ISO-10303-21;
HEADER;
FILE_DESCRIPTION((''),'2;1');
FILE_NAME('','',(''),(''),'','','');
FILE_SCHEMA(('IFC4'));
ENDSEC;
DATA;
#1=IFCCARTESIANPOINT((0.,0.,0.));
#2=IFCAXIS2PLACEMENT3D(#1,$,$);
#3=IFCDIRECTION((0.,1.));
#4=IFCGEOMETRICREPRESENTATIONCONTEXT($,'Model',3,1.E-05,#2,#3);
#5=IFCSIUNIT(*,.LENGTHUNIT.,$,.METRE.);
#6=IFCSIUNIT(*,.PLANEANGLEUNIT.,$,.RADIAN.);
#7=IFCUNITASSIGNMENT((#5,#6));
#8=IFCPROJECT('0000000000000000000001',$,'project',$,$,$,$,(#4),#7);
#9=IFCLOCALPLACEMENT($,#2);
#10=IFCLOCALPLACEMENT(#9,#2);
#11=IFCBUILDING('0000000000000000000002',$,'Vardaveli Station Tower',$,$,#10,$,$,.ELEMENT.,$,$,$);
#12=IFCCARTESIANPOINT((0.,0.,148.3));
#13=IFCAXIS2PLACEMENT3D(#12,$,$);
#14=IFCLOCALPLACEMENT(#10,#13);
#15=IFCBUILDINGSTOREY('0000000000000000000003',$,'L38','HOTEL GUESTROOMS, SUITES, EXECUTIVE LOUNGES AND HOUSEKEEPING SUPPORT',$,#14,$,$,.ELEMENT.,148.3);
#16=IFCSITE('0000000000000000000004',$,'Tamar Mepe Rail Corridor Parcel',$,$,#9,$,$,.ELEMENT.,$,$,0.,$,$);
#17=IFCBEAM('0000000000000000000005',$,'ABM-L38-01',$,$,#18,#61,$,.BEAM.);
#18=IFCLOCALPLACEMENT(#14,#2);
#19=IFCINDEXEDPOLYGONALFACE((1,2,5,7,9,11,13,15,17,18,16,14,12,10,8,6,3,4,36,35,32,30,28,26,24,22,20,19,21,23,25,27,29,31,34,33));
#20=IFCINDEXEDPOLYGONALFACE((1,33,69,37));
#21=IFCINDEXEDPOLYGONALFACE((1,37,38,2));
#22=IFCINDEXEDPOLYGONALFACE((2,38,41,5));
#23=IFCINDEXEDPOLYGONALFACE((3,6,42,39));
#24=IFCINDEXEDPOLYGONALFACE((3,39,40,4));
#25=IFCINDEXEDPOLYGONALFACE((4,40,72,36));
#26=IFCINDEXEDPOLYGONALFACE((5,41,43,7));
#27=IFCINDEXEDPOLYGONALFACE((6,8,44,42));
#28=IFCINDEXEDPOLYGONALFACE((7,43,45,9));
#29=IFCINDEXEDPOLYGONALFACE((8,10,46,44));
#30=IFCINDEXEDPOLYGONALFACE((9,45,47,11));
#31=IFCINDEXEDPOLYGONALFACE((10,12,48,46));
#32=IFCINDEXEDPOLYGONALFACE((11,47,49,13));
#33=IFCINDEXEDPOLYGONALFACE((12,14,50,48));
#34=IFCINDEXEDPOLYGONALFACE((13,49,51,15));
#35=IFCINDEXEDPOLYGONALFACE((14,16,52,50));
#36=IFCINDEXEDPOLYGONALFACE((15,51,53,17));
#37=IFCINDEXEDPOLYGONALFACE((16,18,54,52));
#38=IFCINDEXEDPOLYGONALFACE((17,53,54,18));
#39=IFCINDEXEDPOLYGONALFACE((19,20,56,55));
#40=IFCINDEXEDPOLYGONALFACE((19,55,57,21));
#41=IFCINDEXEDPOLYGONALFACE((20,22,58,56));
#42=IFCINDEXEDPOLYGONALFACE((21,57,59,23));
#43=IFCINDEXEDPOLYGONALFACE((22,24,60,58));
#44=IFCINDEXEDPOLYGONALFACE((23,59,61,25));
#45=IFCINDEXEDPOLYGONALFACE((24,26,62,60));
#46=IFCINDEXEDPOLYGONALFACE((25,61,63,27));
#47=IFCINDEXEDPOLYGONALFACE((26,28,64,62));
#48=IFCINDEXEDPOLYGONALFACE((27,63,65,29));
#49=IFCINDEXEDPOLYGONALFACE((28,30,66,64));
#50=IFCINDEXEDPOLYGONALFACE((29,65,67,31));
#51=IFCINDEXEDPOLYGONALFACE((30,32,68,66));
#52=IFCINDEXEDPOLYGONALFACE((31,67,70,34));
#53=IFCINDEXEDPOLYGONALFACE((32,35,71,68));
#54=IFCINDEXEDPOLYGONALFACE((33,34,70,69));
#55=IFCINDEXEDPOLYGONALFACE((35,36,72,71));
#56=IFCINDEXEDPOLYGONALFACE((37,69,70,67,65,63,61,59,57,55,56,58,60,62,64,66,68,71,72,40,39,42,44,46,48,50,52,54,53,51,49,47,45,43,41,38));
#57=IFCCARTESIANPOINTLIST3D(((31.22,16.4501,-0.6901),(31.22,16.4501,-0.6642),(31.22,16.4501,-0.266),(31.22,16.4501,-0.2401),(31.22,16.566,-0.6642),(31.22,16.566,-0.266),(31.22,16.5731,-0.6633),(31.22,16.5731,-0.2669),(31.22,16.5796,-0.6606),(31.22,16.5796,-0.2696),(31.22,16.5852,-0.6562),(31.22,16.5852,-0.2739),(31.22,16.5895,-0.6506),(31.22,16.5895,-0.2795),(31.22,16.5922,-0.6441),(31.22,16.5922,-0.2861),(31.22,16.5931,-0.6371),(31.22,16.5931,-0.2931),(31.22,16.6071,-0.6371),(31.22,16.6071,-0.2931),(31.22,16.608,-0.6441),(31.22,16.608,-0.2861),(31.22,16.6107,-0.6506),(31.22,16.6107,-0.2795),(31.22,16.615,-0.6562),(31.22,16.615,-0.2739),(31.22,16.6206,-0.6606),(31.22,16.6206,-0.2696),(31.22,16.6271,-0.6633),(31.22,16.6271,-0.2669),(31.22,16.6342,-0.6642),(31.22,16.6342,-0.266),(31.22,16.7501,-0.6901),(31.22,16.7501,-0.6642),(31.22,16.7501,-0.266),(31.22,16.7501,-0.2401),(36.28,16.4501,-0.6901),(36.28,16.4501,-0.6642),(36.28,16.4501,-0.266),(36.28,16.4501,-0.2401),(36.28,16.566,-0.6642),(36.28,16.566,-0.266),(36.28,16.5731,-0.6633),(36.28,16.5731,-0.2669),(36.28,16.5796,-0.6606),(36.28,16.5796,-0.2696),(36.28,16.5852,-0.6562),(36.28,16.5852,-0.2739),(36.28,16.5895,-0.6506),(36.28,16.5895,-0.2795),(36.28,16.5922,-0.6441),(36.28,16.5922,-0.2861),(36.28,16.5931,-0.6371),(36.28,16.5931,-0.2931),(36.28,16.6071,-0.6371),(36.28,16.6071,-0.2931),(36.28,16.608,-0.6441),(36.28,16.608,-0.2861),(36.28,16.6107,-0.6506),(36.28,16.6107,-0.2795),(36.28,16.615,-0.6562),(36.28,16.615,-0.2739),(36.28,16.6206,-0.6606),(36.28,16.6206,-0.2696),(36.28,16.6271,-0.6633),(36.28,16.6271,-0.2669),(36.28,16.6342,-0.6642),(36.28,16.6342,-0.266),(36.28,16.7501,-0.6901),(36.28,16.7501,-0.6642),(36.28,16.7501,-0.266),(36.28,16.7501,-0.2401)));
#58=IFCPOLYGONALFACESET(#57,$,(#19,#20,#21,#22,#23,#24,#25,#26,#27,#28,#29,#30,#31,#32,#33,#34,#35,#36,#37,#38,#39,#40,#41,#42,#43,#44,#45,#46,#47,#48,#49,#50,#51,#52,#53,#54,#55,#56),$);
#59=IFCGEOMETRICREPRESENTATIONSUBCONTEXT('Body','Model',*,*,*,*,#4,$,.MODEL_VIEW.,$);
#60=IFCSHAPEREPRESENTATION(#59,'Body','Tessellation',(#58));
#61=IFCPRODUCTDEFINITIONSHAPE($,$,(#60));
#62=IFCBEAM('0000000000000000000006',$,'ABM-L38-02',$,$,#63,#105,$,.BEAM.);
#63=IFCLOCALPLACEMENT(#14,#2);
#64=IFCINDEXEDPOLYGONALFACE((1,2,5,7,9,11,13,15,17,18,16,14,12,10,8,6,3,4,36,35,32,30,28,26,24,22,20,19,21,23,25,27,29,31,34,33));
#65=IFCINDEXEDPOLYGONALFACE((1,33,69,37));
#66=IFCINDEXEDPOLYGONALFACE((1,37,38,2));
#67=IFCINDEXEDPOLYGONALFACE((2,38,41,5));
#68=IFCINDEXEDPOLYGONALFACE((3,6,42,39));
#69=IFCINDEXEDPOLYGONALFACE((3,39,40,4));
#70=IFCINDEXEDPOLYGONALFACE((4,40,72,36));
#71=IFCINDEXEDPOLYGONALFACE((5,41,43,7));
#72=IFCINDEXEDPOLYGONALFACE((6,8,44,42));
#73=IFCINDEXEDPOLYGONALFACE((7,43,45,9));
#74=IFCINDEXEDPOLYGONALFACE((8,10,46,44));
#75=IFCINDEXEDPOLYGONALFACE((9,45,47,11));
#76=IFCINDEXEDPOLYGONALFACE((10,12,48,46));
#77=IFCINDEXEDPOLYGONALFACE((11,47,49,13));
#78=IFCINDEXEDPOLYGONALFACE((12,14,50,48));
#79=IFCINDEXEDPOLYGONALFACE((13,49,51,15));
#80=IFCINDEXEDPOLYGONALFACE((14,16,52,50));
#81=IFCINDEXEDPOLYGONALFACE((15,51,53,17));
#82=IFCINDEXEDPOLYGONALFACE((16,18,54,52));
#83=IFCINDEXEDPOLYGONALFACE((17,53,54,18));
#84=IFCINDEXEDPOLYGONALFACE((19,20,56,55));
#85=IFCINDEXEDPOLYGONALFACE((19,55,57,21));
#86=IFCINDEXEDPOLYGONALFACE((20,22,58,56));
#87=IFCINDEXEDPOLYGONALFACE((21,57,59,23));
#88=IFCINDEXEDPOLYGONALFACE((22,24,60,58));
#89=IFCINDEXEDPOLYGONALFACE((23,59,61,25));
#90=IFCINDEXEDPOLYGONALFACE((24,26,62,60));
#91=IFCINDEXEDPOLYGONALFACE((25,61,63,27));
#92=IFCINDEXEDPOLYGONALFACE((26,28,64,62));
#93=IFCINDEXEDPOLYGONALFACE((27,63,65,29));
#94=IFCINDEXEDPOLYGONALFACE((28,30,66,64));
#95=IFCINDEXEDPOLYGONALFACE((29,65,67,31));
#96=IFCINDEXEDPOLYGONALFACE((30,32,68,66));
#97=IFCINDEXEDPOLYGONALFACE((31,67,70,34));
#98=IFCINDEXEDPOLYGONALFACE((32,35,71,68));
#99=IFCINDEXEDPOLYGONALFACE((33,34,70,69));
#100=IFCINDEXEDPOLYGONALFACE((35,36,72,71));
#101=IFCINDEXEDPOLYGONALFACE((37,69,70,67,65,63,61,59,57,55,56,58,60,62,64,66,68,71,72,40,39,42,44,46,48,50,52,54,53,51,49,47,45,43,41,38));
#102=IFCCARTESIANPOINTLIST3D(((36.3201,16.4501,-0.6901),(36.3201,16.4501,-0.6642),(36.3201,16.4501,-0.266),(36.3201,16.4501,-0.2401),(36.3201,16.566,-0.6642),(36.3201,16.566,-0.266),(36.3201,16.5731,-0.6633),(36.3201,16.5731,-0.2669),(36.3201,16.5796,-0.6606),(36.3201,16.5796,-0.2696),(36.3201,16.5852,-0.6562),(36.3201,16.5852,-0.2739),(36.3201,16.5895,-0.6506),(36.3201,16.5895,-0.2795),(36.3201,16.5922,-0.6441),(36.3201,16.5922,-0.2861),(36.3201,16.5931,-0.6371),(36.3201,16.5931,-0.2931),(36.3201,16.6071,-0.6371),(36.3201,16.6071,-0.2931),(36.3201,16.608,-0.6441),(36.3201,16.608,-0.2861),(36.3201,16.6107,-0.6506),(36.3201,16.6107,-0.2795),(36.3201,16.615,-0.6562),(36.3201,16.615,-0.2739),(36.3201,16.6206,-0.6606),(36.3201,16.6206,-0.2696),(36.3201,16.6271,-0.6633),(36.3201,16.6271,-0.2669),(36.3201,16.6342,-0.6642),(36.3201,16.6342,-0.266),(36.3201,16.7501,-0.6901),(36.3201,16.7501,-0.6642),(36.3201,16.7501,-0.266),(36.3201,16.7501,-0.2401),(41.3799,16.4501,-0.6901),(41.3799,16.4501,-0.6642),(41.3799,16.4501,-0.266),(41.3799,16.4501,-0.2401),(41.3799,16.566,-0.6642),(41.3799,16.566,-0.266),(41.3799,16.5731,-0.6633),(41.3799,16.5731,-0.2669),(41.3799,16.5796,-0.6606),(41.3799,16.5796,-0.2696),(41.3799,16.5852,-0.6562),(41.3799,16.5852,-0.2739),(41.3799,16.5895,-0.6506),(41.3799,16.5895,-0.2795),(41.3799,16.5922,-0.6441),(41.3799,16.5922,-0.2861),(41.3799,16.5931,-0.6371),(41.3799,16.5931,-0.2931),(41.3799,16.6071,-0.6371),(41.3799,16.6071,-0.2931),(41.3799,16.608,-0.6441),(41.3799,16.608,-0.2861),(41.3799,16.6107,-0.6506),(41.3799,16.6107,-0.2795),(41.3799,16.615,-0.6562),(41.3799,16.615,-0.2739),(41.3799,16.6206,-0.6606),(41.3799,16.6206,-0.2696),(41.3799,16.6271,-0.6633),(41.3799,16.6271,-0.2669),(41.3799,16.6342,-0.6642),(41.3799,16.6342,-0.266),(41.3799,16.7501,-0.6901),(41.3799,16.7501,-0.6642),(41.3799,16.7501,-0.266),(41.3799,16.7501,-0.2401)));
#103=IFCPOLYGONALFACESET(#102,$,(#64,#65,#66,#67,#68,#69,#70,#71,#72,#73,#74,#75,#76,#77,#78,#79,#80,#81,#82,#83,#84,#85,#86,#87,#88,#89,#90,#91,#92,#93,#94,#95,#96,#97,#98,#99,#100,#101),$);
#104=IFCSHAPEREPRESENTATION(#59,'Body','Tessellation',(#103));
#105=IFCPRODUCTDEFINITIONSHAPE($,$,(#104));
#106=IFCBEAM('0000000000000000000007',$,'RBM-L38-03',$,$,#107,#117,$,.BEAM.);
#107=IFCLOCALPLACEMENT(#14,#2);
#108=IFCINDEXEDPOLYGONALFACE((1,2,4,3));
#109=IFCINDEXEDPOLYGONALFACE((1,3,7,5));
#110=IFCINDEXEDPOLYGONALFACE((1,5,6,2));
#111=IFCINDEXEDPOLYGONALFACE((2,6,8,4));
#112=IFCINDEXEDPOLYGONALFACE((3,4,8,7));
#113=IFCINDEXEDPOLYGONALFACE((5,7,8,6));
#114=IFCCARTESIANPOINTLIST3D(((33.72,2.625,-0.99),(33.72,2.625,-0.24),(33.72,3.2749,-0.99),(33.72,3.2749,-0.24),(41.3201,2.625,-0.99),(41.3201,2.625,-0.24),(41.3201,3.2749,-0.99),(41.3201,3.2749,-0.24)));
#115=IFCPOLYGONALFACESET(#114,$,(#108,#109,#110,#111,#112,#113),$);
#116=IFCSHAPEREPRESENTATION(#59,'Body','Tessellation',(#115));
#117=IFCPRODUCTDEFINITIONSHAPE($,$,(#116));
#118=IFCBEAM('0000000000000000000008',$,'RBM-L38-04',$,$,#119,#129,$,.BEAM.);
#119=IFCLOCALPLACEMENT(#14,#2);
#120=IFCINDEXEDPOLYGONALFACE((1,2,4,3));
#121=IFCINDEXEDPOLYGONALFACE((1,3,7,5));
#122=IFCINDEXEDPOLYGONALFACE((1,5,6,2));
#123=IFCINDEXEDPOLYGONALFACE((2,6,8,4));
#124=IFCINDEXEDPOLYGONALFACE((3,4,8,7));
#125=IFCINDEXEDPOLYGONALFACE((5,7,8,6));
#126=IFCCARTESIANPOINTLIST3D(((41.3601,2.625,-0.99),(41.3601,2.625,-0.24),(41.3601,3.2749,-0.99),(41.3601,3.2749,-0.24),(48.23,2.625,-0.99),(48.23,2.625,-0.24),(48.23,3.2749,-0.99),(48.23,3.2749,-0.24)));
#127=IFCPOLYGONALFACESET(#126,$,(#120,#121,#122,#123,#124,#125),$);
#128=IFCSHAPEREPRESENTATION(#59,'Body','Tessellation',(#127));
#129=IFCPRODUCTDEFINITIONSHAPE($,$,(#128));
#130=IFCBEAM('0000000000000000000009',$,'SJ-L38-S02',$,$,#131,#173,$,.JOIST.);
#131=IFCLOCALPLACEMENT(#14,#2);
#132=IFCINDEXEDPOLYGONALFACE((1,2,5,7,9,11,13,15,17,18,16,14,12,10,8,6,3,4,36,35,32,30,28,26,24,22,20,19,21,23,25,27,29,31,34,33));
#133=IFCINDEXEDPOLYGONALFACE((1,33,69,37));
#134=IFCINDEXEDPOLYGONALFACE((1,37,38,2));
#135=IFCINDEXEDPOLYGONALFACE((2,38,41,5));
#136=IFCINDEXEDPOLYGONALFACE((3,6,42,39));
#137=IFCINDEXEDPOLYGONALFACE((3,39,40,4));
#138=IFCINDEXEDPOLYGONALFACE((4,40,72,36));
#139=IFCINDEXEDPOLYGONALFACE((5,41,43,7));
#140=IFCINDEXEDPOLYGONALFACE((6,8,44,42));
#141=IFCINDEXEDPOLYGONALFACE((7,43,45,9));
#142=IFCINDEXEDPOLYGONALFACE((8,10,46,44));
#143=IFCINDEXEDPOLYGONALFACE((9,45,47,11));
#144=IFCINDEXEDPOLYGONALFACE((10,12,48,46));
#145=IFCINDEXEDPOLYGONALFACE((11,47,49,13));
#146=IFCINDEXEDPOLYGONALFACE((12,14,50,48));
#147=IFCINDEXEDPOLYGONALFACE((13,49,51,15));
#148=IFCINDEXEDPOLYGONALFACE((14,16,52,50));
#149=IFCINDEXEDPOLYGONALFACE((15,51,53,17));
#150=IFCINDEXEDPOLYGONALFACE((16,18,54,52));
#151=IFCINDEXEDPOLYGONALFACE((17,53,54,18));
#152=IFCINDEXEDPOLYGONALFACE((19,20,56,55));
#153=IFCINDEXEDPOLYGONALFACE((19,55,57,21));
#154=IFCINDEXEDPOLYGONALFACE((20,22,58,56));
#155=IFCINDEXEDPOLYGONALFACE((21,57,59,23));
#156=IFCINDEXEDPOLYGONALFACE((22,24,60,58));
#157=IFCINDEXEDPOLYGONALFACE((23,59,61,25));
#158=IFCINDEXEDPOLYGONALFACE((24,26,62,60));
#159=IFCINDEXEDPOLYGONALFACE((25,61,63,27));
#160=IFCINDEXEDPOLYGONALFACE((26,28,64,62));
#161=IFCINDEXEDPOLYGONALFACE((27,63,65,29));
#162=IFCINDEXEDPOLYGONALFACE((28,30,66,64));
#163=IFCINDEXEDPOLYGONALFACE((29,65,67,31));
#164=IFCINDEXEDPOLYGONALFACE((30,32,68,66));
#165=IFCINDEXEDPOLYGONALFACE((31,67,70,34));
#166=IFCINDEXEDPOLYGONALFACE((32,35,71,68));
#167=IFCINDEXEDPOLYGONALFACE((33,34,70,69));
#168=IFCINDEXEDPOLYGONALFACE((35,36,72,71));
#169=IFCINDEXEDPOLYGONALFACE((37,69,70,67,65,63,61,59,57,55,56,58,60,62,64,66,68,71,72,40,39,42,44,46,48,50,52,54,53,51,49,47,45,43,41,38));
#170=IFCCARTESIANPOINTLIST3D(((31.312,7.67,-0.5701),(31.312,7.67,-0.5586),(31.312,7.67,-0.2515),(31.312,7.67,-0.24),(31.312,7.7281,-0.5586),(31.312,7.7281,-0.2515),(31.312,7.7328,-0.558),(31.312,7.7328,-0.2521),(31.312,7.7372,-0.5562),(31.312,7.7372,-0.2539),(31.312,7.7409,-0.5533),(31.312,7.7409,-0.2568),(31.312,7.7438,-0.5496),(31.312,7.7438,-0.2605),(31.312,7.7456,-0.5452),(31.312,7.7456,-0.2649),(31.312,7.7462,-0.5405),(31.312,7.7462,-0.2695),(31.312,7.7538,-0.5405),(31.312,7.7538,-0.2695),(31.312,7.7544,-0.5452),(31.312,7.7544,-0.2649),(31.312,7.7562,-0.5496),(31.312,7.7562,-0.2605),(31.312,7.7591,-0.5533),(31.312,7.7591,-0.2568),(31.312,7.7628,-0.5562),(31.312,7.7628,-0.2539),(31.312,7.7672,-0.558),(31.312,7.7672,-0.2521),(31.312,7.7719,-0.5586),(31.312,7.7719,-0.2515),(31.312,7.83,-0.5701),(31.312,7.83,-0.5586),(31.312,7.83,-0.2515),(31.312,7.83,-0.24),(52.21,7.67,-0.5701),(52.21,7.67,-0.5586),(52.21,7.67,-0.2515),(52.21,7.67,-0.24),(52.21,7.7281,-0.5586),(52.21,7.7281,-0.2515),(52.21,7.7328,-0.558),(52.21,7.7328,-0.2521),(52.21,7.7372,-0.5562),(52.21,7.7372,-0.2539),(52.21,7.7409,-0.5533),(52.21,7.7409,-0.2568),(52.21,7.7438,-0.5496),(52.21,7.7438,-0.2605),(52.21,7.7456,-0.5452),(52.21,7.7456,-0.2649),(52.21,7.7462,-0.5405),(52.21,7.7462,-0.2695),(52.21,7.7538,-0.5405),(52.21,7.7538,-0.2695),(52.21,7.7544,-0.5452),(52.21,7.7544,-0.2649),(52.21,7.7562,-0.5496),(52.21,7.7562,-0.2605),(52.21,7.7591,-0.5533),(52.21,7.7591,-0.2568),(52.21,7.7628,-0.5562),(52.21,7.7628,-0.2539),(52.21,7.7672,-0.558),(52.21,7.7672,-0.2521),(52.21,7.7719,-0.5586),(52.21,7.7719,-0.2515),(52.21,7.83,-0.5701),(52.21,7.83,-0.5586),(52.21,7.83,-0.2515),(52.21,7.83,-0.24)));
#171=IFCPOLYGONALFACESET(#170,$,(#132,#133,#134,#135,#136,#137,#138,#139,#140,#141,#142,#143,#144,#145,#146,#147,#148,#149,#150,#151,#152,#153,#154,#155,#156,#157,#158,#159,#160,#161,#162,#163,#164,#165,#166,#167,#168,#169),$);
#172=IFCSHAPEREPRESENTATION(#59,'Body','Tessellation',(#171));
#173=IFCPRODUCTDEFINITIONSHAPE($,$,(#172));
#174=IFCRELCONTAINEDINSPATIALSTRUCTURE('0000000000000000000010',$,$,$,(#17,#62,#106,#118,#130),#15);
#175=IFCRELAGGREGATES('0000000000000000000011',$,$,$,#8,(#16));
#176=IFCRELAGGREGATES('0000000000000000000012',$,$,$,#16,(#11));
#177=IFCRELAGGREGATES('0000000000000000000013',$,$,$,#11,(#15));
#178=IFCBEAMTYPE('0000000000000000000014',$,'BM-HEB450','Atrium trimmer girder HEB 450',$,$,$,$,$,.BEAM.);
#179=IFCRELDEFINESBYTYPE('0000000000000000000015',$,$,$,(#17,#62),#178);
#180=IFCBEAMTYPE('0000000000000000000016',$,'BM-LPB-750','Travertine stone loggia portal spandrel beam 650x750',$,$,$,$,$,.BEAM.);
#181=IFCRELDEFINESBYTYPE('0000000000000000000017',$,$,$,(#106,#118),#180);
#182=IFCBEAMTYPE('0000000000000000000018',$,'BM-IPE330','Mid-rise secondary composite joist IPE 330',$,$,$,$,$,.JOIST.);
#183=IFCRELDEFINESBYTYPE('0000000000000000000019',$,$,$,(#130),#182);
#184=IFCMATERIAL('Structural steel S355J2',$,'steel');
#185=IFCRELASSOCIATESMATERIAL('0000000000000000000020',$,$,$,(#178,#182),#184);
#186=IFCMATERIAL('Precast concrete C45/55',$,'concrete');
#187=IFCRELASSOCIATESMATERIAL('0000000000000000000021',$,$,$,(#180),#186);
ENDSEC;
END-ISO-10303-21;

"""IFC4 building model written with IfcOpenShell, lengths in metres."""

from ifc_helpers import new_model, si_unit, direction, frame, origin, origin_2d, place, context, subcontext, project, spatial, rectangle, i_section, extrude, source, transform, mapped, material, material_profile, profile_set, type_object, element, save


model = new_model("IFC4")

# Units and contexts
model_context = context("Model", 3, precision=1e-05, world=origin(), true_north=direction((0.0, 1.0)))
body_context = subcontext(model_context, "Body", "Model", "MODEL_VIEW")
ifc_project = project(units=[si_unit("LENGTHUNIT", "METRE"), si_unit("PLANEANGLEUNIT", "RADIAN")], contexts=[model_context])

# Site, building, storey
site_placement = place(None, origin())
site = spatial("IfcSite", under=ifc_project, at=site_placement, Name="Tamar Mepe Rail Corridor Parcel", CompositionType="ELEMENT", RefElevation=0.0)
building_placement = place(site_placement, origin())
building = spatial("IfcBuilding", under=site, at=building_placement, Name="Vardaveli Station Tower", CompositionType="ELEMENT")
storey_placement = place(building_placement, frame((0.0, 0.0, 148.3)))
storey = spatial("IfcBuildingStorey", under=building, at=storey_placement, Name="L38", Description="HOTEL GUESTROOMS, SUITES, EXECUTIVE LOUNGES AND HOUSEKEEPING SUPPORT", CompositionType="ELEMENT", Elevation=148.3)

# Beams
ifc_material_1 = material(Name="Structural steel S355J2", Category="steel")
ifc_material_profile_1 = material_profile(ifc_material_1, i_section(OverallWidth=0.3, OverallDepth=0.45, WebThickness=0.0139, FlangeThickness=0.0259, FilletRadius=0.0271, at=origin_2d()), Name="HEB 450")
ifc_profile_set_1 = profile_set([ifc_material_profile_1], Name="Structural steel S355J2")
beam_type_1 = type_object("IfcBeamType", Name="BM-HEB450", Description="Atrium trimmer girder HEB 450", PredefinedType="BEAM", material=ifc_profile_set_1)
shared_shape_1 = source(origin(), body_context, "Body", "SweptSolid", [
    extrude(i_section(OverallWidth=0.3, OverallDepth=0.45, WebThickness=0.0139, FlangeThickness=0.0259, FilletRadius=0.0271, at=origin_2d()), origin(), (0.0, 0.0, 1.0), 5.0601),
])
beam_1_placement = place(storey_placement, frame((31.22, 16.6001, -0.4651), z_axis=(1.0, 0.0, 0.0), x_axis=(0.0, 1.0, 0.0)))
element("IfcBeam", 1, at=beam_1_placement, inside=storey, type_object=beam_type_1, Name="ABM-L38-01", PredefinedType="BEAM", context=body_context, shape_type="MappedRepresentation", body=[
    mapped(shared_shape_1, transform((0.0, 0.0, 0.0), scale=1.0)),
])
shared_shape_2 = source(origin(), body_context, "Body", "SweptSolid", [
    extrude(i_section(OverallWidth=0.3, OverallDepth=0.45, WebThickness=0.0139, FlangeThickness=0.0259, FilletRadius=0.0271, at=origin_2d()), origin(), (0.0, 0.0, 1.0), 5.0598),
])
beam_2_placement = place(storey_placement, frame((36.3201, 16.6001, -0.4651), z_axis=(1.0, 0.0, 0.0), x_axis=(0.0, 1.0, 0.0)))
element("IfcBeam", 2, at=beam_2_placement, inside=storey, type_object=beam_type_1, Name="ABM-L38-02", PredefinedType="BEAM", context=body_context, shape_type="MappedRepresentation", body=[
    mapped(shared_shape_2, transform((0.0, 0.0, 0.0), scale=1.0)),
])
ifc_material_2 = material(Name="Precast concrete C45/55", Category="concrete")
ifc_material_profile_2 = material_profile(ifc_material_2, rectangle(XDim=0.6499, YDim=0.75, at=origin_2d()), Name="LPB 650x750")
ifc_profile_set_2 = profile_set([ifc_material_profile_2], Name="Precast concrete C45/55")
beam_type_2 = type_object("IfcBeamType", Name="BM-LPB-750", Description="Travertine stone loggia portal spandrel beam 650x750", PredefinedType="BEAM", material=ifc_profile_set_2)
shared_shape_3 = source(origin(), body_context, "Body", "SweptSolid", [
    extrude(rectangle(XDim=0.6499, YDim=0.75, at=origin_2d()), origin(), (0.0, 0.0, 1.0), 7.6001),
])
beam_3_placement = place(storey_placement, frame((33.72, 2.95, -0.615), z_axis=(1.0, 0.0, 0.0), x_axis=(0.0, 1.0, 0.0)))
element("IfcBeam", 3, at=beam_3_placement, inside=storey, type_object=beam_type_2, Name="RBM-L38-03", PredefinedType="BEAM", context=body_context, shape_type="MappedRepresentation", body=[
    mapped(shared_shape_3, transform((0.0, 0.0, 0.0), scale=1.0)),
])
shared_shape_4 = source(origin(), body_context, "Body", "SweptSolid", [
    extrude(rectangle(XDim=0.6499, YDim=0.75, at=origin_2d()), origin(), (0.0, 0.0, 1.0), 6.8699),
])
beam_4_placement = place(storey_placement, frame((41.3601, 2.95, -0.615), z_axis=(1.0, 0.0, 0.0), x_axis=(0.0, 1.0, 0.0)))
element("IfcBeam", 4, at=beam_4_placement, inside=storey, type_object=beam_type_2, Name="RBM-L38-04", PredefinedType="BEAM", context=body_context, shape_type="MappedRepresentation", body=[
    mapped(shared_shape_4, transform((0.0, 0.0, 0.0), scale=1.0)),
])
ifc_material_profile_3 = material_profile(ifc_material_1, i_section(OverallWidth=0.1599, OverallDepth=0.3301, WebThickness=0.0076, FlangeThickness=0.0115, FilletRadius=0.0181, at=origin_2d()), Name="IPE 330")
ifc_profile_set_3 = profile_set([ifc_material_profile_3], Name="Structural steel S355J2")
beam_type_3 = type_object("IfcBeamType", Name="BM-IPE330", Description="Mid-rise secondary composite joist IPE 330", PredefinedType="JOIST", material=ifc_profile_set_3)
shared_shape_5 = source(origin(), body_context, "Body", "SweptSolid", [
    extrude(i_section(OverallWidth=0.1599, OverallDepth=0.3301, WebThickness=0.0076, FlangeThickness=0.0115, FilletRadius=0.0181, at=origin_2d()), origin(), (0.0, 0.0, 1.0), 20.8979),
])
for number, where, z_axis, x_axis, name in (
    (5, (31.312, 7.75, -0.405), (1.0, 0.0, 0.0), (0.0, 1.0, 0.0), "SJ-L38-S02"),
):
    element("IfcBeam", number, at=place(storey_placement, frame(where, z_axis=z_axis, x_axis=x_axis)), inside=storey, type_object=beam_type_3, Name=name, PredefinedType="JOIST", context=body_context, shape_type="MappedRepresentation", body=[
        mapped(shared_shape_5, transform((0.0, 0.0, 0.0), scale=1.0)),
    ])

save(model, "model.ifc")
